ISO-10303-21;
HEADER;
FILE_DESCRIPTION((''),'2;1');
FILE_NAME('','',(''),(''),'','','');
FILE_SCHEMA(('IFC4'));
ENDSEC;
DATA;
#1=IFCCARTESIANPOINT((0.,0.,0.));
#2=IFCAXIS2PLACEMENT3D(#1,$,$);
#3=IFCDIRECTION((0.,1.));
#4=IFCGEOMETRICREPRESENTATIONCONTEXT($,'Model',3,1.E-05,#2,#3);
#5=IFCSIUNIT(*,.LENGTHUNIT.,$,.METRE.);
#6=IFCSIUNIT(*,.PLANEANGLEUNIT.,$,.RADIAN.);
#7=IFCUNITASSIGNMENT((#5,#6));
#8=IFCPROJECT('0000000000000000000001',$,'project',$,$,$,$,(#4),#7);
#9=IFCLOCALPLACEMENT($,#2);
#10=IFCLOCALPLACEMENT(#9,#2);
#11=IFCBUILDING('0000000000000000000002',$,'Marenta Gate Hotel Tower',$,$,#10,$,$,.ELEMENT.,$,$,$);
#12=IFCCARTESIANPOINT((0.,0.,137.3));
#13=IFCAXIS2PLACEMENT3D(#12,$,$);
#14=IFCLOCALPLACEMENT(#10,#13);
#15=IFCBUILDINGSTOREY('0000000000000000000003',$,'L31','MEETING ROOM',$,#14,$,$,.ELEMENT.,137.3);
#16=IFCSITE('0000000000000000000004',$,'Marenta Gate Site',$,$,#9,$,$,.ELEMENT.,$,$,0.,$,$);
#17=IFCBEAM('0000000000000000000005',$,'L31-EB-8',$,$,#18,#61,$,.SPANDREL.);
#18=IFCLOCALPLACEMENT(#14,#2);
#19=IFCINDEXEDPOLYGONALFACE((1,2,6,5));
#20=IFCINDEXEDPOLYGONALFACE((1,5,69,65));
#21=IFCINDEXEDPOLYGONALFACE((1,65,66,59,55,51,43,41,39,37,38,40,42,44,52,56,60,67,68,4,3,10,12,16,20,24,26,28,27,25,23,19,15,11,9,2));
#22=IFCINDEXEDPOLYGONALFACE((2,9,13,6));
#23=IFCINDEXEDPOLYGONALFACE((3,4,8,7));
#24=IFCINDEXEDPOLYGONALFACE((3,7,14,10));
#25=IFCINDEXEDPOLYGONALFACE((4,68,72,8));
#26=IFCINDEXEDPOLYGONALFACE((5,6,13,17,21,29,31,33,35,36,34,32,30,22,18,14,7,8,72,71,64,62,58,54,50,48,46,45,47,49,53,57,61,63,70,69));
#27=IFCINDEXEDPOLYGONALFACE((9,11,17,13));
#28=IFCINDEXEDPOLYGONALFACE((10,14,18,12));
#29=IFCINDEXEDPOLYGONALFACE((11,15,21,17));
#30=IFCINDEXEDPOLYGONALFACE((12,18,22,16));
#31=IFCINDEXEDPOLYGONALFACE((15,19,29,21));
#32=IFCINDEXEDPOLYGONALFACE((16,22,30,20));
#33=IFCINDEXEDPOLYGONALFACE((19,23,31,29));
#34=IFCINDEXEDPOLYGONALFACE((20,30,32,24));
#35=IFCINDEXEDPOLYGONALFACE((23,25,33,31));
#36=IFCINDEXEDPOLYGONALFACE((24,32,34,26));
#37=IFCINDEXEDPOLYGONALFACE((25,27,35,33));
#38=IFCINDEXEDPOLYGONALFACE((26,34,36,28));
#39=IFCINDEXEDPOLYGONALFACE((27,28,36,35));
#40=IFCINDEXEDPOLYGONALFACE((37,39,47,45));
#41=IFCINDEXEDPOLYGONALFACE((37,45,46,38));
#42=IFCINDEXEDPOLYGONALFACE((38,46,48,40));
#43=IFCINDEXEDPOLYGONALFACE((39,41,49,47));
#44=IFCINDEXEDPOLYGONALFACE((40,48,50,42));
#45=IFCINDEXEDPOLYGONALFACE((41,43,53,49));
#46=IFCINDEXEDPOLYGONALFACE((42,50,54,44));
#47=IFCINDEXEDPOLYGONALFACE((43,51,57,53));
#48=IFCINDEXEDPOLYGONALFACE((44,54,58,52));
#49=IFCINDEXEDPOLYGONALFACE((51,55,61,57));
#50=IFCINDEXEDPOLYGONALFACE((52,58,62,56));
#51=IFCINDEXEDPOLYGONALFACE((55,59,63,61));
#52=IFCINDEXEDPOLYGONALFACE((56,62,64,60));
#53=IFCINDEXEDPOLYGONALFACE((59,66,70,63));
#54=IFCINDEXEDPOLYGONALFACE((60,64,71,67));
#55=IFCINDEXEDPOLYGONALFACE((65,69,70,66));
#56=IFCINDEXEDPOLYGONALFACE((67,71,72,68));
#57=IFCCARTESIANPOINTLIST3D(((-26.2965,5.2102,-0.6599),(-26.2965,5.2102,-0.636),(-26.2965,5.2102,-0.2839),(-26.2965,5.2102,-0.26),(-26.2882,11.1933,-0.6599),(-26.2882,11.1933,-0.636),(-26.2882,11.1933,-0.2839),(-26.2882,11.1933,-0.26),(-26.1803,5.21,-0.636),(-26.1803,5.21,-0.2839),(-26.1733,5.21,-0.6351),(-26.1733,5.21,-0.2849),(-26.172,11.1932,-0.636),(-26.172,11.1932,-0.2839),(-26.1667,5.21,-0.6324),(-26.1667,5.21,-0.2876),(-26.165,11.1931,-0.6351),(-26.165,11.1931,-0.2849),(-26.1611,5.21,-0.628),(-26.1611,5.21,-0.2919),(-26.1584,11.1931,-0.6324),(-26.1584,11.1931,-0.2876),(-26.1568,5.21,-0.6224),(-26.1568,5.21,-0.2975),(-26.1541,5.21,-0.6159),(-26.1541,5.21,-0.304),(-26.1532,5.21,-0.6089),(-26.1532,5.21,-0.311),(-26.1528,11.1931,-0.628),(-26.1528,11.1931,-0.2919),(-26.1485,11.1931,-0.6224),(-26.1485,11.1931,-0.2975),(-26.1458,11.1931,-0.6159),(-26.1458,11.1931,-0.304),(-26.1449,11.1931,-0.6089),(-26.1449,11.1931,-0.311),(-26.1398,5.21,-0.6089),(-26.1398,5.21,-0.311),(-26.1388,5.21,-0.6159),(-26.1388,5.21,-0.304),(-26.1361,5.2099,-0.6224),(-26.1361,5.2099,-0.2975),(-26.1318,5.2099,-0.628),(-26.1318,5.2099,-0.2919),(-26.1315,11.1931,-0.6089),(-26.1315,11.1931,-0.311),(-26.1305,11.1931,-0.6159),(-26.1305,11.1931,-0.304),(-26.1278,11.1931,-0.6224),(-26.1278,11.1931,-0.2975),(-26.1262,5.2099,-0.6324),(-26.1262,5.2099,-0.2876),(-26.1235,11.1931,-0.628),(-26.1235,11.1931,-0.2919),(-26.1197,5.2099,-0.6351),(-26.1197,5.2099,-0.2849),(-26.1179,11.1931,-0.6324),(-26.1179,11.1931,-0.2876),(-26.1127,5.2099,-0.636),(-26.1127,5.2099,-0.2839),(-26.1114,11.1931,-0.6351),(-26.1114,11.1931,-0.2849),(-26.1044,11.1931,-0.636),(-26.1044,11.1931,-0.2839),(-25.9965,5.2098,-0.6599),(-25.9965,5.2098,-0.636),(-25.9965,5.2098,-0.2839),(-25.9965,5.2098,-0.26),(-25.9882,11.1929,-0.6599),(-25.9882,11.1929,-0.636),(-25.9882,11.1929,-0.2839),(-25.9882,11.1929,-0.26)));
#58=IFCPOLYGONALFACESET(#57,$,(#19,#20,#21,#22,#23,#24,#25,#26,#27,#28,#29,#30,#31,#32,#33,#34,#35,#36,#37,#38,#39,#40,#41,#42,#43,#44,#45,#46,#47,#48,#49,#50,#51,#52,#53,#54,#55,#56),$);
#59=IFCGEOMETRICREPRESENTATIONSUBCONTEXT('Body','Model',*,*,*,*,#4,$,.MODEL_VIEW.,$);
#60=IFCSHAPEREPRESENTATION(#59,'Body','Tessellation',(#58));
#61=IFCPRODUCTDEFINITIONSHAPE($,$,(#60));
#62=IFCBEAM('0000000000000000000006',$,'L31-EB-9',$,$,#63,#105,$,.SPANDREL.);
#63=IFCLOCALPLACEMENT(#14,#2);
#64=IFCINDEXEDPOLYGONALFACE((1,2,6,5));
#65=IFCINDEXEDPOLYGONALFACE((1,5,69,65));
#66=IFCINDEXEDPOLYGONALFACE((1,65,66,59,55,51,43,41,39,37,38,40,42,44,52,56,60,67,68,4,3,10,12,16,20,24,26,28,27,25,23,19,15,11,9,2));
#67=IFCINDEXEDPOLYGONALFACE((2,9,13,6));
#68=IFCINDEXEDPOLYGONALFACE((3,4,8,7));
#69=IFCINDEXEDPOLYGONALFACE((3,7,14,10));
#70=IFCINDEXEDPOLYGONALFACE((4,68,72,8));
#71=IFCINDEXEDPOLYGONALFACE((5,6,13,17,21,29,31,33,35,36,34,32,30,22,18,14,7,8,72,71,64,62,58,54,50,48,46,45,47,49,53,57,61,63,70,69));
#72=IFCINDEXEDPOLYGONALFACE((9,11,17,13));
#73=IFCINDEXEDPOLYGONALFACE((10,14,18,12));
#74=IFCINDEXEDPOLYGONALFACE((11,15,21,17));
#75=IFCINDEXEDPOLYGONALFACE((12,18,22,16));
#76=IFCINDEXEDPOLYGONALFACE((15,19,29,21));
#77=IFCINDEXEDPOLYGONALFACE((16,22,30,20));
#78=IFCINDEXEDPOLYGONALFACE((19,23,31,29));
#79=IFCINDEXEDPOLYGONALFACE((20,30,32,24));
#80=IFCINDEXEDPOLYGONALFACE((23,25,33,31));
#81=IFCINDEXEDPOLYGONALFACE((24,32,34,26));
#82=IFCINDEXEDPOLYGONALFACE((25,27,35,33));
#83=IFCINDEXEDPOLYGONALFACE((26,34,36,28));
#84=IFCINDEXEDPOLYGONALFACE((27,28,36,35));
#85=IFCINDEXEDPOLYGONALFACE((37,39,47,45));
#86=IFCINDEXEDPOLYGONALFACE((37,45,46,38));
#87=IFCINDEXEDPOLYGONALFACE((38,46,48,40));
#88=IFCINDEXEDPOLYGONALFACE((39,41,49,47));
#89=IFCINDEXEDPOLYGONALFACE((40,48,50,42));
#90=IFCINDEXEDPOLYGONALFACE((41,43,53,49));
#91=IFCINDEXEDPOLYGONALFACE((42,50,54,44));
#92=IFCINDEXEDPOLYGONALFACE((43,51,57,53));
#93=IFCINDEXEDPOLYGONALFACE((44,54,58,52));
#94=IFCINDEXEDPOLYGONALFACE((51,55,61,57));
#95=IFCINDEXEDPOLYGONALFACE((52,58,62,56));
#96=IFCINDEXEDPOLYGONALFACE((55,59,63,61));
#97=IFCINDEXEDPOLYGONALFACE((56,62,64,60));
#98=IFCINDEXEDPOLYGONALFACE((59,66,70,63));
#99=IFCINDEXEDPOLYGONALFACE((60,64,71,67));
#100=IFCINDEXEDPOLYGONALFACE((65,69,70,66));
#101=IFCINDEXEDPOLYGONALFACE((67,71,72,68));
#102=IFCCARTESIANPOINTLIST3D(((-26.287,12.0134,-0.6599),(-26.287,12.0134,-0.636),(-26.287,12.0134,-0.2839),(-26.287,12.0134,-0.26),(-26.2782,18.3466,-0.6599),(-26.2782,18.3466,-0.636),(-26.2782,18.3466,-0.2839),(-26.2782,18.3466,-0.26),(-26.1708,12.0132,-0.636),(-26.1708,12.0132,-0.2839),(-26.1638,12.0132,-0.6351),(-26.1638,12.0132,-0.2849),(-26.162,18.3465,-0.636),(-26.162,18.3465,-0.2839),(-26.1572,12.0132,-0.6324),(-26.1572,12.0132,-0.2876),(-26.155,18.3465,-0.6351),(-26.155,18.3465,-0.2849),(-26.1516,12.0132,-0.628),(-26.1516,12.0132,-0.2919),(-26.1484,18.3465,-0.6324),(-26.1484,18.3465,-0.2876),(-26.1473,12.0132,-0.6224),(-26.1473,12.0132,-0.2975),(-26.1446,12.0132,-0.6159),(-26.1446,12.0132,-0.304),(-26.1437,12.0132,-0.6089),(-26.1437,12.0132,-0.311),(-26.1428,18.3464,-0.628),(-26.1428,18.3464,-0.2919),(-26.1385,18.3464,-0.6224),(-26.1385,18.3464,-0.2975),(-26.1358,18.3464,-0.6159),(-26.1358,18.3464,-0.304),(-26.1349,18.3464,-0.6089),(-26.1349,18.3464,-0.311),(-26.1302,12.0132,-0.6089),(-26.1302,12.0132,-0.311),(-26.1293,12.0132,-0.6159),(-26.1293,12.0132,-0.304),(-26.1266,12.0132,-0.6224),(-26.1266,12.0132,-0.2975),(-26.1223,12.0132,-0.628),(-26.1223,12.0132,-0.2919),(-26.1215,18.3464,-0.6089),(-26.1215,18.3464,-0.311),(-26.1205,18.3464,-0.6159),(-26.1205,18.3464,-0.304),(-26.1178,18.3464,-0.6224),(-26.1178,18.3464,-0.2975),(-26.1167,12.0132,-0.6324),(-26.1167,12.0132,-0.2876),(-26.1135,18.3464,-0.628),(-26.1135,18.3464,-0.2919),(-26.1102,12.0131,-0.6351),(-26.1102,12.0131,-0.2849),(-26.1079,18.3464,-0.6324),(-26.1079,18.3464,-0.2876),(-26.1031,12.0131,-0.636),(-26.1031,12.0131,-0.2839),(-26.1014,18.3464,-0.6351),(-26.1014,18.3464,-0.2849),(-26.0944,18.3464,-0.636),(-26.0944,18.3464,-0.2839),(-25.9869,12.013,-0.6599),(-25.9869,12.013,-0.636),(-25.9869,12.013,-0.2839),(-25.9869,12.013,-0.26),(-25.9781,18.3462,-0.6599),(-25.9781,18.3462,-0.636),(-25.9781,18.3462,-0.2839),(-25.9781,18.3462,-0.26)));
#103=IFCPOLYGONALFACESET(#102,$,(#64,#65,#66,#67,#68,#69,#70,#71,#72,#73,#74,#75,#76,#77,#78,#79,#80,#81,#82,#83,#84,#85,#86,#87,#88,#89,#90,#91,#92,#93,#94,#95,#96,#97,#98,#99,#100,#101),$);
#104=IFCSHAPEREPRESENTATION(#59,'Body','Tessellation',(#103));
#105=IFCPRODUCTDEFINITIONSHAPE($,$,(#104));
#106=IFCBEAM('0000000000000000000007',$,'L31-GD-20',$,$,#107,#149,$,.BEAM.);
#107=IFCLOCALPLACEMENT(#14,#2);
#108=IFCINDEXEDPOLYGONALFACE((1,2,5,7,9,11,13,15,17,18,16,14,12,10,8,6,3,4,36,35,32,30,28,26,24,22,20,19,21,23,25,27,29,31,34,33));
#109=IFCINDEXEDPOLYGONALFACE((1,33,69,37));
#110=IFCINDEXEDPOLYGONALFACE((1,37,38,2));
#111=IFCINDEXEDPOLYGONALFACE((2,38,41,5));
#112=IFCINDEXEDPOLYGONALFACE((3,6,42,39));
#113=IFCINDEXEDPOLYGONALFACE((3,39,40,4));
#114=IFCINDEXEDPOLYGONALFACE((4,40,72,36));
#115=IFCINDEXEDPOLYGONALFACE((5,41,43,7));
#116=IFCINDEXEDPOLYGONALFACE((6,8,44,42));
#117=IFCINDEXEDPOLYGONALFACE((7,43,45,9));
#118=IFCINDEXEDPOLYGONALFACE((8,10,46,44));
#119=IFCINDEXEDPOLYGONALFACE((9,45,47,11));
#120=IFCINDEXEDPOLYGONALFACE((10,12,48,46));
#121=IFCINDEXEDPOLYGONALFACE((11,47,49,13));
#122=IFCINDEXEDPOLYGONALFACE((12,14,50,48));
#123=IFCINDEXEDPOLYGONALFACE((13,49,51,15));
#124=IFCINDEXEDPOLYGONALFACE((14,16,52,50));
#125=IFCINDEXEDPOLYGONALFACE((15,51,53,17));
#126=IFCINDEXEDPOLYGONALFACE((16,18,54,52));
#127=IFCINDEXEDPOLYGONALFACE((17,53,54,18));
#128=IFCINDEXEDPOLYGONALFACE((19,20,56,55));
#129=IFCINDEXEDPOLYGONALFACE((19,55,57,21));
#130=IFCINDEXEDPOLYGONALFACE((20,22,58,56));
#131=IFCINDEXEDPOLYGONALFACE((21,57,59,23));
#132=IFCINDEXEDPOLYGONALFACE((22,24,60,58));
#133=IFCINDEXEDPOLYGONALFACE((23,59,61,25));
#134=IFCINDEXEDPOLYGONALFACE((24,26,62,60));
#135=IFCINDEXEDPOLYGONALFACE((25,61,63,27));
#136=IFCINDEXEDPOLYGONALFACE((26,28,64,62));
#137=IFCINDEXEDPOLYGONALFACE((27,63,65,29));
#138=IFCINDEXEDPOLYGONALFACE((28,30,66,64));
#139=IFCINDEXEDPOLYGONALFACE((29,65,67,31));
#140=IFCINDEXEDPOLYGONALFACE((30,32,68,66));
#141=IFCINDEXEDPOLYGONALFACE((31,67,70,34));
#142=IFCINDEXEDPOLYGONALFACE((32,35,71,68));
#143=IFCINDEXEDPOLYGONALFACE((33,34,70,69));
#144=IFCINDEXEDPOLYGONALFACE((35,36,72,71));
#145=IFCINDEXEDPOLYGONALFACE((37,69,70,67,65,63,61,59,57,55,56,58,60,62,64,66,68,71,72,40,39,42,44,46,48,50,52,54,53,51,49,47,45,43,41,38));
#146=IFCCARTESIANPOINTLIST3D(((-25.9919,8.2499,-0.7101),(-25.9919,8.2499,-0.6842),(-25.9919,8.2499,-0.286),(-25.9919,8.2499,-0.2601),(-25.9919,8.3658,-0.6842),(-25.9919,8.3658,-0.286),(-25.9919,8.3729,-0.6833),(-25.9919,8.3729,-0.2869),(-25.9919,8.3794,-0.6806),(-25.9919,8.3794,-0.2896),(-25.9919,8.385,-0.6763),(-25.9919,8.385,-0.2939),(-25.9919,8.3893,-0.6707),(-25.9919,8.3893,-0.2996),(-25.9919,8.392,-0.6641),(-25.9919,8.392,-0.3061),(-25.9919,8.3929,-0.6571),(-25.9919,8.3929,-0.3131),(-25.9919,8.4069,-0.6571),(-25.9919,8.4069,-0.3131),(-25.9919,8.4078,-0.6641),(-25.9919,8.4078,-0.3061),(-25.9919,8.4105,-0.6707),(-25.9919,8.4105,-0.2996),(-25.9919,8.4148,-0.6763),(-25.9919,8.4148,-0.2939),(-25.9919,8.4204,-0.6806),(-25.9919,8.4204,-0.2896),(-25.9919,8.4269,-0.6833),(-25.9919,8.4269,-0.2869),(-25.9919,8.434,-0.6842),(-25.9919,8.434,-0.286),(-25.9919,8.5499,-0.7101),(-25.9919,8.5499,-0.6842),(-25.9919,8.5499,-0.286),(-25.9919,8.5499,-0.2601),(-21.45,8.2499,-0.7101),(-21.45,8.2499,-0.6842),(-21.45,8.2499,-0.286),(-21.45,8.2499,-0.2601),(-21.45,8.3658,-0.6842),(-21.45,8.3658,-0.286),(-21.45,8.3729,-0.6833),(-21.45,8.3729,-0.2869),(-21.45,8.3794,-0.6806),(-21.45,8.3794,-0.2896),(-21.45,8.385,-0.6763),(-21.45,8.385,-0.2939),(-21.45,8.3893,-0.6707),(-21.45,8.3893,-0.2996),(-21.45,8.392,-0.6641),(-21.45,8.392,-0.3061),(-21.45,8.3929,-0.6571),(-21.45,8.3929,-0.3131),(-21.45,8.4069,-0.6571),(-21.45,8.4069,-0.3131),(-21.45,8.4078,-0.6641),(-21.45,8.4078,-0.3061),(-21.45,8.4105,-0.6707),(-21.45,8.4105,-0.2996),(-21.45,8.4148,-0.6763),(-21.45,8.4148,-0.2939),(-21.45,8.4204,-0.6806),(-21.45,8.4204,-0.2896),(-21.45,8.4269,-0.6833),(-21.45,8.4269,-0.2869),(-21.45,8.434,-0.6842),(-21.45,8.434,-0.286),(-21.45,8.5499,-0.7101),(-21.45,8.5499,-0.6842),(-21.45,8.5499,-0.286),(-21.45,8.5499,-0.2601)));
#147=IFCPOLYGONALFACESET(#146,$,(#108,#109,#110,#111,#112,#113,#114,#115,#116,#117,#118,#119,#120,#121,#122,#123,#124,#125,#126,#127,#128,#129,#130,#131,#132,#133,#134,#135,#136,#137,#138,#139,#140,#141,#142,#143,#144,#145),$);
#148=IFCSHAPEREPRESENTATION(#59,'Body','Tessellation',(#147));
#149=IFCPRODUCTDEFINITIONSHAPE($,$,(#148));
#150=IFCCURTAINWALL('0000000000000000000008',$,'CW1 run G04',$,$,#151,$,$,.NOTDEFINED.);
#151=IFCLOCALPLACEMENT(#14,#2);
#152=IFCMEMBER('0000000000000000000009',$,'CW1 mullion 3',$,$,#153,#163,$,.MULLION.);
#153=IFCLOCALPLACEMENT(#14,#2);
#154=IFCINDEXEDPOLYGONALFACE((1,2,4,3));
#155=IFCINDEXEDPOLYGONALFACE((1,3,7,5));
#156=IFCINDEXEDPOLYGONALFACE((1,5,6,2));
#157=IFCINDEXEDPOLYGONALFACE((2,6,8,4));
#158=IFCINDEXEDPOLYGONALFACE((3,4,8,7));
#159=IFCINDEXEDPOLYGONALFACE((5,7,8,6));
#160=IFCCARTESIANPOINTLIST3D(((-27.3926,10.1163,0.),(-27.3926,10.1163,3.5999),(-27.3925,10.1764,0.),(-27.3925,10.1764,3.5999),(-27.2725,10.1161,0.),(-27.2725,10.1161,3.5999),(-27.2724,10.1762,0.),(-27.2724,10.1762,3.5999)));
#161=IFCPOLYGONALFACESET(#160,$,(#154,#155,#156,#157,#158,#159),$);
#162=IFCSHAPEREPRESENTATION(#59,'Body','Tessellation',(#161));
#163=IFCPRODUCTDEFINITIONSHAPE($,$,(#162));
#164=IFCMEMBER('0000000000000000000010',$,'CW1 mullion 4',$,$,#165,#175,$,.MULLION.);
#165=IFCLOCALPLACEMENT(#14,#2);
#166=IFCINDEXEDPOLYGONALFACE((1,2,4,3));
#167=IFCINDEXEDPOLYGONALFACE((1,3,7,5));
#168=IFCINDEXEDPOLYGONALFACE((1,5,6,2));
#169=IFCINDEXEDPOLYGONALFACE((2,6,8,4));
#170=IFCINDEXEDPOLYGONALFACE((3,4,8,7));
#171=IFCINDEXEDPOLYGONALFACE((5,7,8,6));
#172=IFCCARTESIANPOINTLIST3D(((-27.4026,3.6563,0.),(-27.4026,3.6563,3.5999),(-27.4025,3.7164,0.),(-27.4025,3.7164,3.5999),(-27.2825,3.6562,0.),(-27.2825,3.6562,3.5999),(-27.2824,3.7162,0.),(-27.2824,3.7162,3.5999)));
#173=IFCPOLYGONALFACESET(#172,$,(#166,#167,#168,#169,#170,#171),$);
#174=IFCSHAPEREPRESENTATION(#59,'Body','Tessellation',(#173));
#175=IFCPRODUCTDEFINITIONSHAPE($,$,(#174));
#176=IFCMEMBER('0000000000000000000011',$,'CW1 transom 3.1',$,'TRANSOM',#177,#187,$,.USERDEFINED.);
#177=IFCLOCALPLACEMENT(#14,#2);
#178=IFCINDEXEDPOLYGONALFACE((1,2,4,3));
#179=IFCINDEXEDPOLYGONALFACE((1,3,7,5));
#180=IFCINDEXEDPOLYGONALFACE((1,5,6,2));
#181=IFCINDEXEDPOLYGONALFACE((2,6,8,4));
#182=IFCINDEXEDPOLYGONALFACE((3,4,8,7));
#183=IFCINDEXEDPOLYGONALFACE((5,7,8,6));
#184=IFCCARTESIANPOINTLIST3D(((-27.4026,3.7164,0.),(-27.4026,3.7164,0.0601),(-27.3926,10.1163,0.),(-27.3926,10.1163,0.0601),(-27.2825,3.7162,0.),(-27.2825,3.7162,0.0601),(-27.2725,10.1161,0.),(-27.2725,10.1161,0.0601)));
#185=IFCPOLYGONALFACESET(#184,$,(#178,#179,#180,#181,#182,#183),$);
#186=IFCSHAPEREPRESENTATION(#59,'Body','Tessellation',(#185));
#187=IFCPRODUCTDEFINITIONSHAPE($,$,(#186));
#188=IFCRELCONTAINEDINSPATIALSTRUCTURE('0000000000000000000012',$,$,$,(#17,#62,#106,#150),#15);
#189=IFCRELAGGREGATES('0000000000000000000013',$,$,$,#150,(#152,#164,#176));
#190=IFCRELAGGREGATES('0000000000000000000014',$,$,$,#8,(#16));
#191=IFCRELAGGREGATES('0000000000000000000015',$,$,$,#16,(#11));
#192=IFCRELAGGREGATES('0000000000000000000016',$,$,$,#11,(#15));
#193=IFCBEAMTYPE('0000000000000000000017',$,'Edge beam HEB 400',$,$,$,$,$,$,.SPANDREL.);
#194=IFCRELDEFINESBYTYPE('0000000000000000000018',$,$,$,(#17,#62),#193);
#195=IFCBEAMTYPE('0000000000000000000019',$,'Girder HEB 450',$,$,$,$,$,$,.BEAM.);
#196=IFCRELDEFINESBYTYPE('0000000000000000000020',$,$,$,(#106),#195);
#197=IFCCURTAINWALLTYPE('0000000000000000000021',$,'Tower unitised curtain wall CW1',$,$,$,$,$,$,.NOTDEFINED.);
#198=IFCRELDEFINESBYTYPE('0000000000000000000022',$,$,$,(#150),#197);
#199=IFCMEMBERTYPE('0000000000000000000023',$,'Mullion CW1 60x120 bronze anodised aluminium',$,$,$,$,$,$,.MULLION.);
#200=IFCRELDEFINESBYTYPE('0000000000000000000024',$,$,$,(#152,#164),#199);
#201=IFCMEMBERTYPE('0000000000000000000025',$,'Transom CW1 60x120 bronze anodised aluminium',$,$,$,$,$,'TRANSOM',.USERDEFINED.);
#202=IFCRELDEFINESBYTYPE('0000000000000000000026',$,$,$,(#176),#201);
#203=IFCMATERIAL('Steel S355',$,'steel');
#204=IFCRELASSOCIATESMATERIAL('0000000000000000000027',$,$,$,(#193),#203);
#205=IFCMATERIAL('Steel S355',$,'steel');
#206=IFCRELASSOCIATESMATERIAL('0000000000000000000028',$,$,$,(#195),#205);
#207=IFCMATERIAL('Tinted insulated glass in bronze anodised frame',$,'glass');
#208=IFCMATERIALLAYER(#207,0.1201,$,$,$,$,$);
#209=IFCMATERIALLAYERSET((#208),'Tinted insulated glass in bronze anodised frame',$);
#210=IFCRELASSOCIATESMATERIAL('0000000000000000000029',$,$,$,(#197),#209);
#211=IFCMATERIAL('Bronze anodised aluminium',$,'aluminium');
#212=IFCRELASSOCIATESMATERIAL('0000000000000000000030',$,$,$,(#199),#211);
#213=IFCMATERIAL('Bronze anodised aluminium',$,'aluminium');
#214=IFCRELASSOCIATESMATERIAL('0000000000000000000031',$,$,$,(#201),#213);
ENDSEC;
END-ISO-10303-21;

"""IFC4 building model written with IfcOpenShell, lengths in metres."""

from ifc_helpers import new_model, si_unit, direction, frame, origin, origin_2d, place, context, subcontext, project, spatial, rectangle, i_section, extrude, material, layer, layer_set, material_profile, profile_set, type_object, element, aggregate, save


model = new_model("IFC4")

# Units and contexts
model_context = context("Model", 3, precision=1e-05, world=origin(), true_north=direction((0.0, 1.0)))
body_context = subcontext(model_context, "Body", "Model", "MODEL_VIEW")
ifc_project = project(units=[si_unit("LENGTHUNIT", "METRE"), si_unit("PLANEANGLEUNIT", "RADIAN")], contexts=[model_context])

# Site, building, storey
site_placement = place(None, origin())
site = spatial("IfcSite", under=ifc_project, at=site_placement, Name="Marenta Gate Site", CompositionType="ELEMENT", RefElevation=0.0)
building_placement = place(site_placement, origin())
building = spatial("IfcBuilding", under=site, at=building_placement, Name="Marenta Gate Hotel Tower", CompositionType="ELEMENT")
storey_placement = place(building_placement, frame((0.0, 0.0, 137.3)))
storey = spatial("IfcBuildingStorey", under=building, at=storey_placement, Name="L31", Description="MEETING ROOM", CompositionType="ELEMENT", Elevation=137.3)

# Beams
ifc_material_1 = material(Name="Steel S355", Category="steel")
ifc_material_profile_1 = material_profile(ifc_material_1, i_section(OverallWidth=0.3, OverallDepth=0.3999, WebThickness=0.0134, FlangeThickness=0.0239, FilletRadius=0.0271, at=origin_2d()), Name="HEB 400")
ifc_profile_set_1 = profile_set([ifc_material_profile_1], Name="Steel S355")
beam_type_1 = type_object("IfcBeamType", Name="Edge beam HEB 400", PredefinedType="SPANDREL", material=ifc_profile_set_1)
beam_1_placement = place(storey_placement, frame((-26.1465, 5.21, -0.46), z_axis=(0.001387, 0.999999, 0.0), x_axis=(-0.999999, 0.001387, 0.0)))
element("IfcBeam", 1, at=beam_1_placement, inside=storey, type_object=beam_type_1, Name="L31-EB-8", PredefinedType="SPANDREL", context=body_context, shape_type="SweptSolid", body=[
    extrude(i_section(OverallWidth=0.3, OverallDepth=0.3999, WebThickness=0.0134, FlangeThickness=0.0239, FilletRadius=0.0271, at=origin_2d()), origin(), (0.0, 0.0, 1.0), 5.9832),
])
beam_2_placement = place(storey_placement, frame((-26.137, 12.0132, -0.46), z_axis=(0.001388, 0.999999, 0.0), x_axis=(-0.999999, 0.001388, 0.0)))
element("IfcBeam", 2, at=beam_2_placement, inside=storey, type_object=beam_type_1, Name="L31-EB-9", PredefinedType="SPANDREL", context=body_context, shape_type="SweptSolid", body=[
    extrude(i_section(OverallWidth=0.3, OverallDepth=0.3999, WebThickness=0.0134, FlangeThickness=0.0239, FilletRadius=0.0271, at=origin_2d()), origin(), (0.0, 0.0, 1.0), 6.3333),
])
ifc_material_2 = material(Name="Steel S355", Category="steel")
ifc_material_profile_2 = material_profile(ifc_material_2, i_section(OverallWidth=0.3, OverallDepth=0.45, WebThickness=0.0139, FlangeThickness=0.0259, FilletRadius=0.0271, at=origin_2d()), Name="HEB 450")
ifc_profile_set_2 = profile_set([ifc_material_profile_2], Name="Steel S355")
beam_type_2 = type_object("IfcBeamType", Name="Girder HEB 450", PredefinedType="BEAM", material=ifc_profile_set_2)
beam_3_placement = place(storey_placement, frame((-25.9919, 8.3999, -0.4851), z_axis=(1.0, 0.0, 0.0), x_axis=(0.0, 1.0, 0.0)))
element("IfcBeam", 3, at=beam_3_placement, inside=storey, type_object=beam_type_2, Name="L31-GD-20", PredefinedType="BEAM", context=body_context, shape_type="SweptSolid", body=[
    extrude(i_section(OverallWidth=0.3, OverallDepth=0.45, WebThickness=0.0139, FlangeThickness=0.0259, FilletRadius=0.0271, at=origin_2d()), origin(), (0.0, 0.0, 1.0), 4.542),
])

# Curtain wall, members
ifc_material_3 = material(Name="Tinted insulated glass in bronze anodised frame", Category="glass")
ifc_layer_1 = layer(ifc_material_3, 0.1201)
ifc_layer_set_1 = layer_set([ifc_layer_1], Name="Tinted insulated glass in bronze anodised frame")
curtain_wall_type = type_object("IfcCurtainWallType", Name="Tower unitised curtain wall CW1", PredefinedType="NOTDEFINED", material=ifc_layer_set_1)
curtain_wall_placement = place(storey_placement, origin())
curtain_wall = element("IfcCurtainWall", 4, at=curtain_wall_placement, inside=storey, type_object=curtain_wall_type, Name="CW1 run G04", PredefinedType="NOTDEFINED")
ifc_material_4 = material(Name="Bronze anodised aluminium", Category="aluminium")
ifc_material_profile_3 = material_profile(ifc_material_4, rectangle(XDim=0.1201, YDim=0.0601, at=origin_2d()), Name="Mullion CW1 60x120 bronze anodised aluminium")
ifc_profile_set_3 = profile_set([ifc_material_profile_3], Name="Bronze anodised aluminium")
member_type_1 = type_object("IfcMemberType", Name="Mullion CW1 60x120 bronze anodised aluminium", PredefinedType="MULLION", material=ifc_profile_set_3)
member_1_placement = place(storey_placement, frame((-27.3325, 10.1462, 0.0), z_axis=(0.0, 0.0, 1.0), x_axis=(0.999999, -0.001566, 0.0)))
member_1 = element("IfcMember", 5, at=member_1_placement, type_object=member_type_1, Name="CW1 mullion 3", PredefinedType="MULLION", context=body_context, shape_type="SweptSolid", body=[
    extrude(rectangle(XDim=0.1201, YDim=0.0601, at=origin_2d()), origin(), (0.0, 0.0, 1.0), 3.5999),
])
member_2_placement = place(storey_placement, frame((-27.3425, 3.6863, 0.0), z_axis=(0.0, 0.0, 1.0), x_axis=(0.999999, -0.001566, 0.0)))
member_2 = element("IfcMember", 6, at=member_2_placement, type_object=member_type_1, Name="CW1 mullion 4", PredefinedType="MULLION", context=body_context, shape_type="SweptSolid", body=[
    extrude(rectangle(XDim=0.1201, YDim=0.0601, at=origin_2d()), origin(), (0.0, 0.0, 1.0), 3.5999),
])
ifc_material_5 = material(Name="Bronze anodised aluminium", Category="aluminium")
ifc_material_profile_4 = material_profile(ifc_material_5, rectangle(XDim=0.1201, YDim=0.0601, at=origin_2d()), Name="Transom CW1 60x120 bronze anodised aluminium")
ifc_profile_set_4 = profile_set([ifc_material_profile_4], Name="Bronze anodised aluminium")
member_type_2 = type_object("IfcMemberType", Name="Transom CW1 60x120 bronze anodised aluminium", ElementType="TRANSOM", PredefinedType="USERDEFINED", material=ifc_profile_set_4)
member_3_placement = place(storey_placement, frame((-27.3325, 10.1162, 0.03), z_axis=(-0.001564, -0.999999, 0.0), x_axis=(0.999999, -0.001564, 0.0)))
member_3 = element("IfcMember", 7, at=member_3_placement, type_object=member_type_2, Name="CW1 transom 3.1", ObjectType="TRANSOM", PredefinedType="USERDEFINED", context=body_context, shape_type="SweptSolid", body=[
    extrude(rectangle(XDim=0.1201, YDim=0.0601, at=origin_2d()), origin(), (0.0, 0.0, 1.0), 6.3999),
])
aggregate(curtain_wall, [member_1, member_2, member_3])

save(model, "model.ifc")
